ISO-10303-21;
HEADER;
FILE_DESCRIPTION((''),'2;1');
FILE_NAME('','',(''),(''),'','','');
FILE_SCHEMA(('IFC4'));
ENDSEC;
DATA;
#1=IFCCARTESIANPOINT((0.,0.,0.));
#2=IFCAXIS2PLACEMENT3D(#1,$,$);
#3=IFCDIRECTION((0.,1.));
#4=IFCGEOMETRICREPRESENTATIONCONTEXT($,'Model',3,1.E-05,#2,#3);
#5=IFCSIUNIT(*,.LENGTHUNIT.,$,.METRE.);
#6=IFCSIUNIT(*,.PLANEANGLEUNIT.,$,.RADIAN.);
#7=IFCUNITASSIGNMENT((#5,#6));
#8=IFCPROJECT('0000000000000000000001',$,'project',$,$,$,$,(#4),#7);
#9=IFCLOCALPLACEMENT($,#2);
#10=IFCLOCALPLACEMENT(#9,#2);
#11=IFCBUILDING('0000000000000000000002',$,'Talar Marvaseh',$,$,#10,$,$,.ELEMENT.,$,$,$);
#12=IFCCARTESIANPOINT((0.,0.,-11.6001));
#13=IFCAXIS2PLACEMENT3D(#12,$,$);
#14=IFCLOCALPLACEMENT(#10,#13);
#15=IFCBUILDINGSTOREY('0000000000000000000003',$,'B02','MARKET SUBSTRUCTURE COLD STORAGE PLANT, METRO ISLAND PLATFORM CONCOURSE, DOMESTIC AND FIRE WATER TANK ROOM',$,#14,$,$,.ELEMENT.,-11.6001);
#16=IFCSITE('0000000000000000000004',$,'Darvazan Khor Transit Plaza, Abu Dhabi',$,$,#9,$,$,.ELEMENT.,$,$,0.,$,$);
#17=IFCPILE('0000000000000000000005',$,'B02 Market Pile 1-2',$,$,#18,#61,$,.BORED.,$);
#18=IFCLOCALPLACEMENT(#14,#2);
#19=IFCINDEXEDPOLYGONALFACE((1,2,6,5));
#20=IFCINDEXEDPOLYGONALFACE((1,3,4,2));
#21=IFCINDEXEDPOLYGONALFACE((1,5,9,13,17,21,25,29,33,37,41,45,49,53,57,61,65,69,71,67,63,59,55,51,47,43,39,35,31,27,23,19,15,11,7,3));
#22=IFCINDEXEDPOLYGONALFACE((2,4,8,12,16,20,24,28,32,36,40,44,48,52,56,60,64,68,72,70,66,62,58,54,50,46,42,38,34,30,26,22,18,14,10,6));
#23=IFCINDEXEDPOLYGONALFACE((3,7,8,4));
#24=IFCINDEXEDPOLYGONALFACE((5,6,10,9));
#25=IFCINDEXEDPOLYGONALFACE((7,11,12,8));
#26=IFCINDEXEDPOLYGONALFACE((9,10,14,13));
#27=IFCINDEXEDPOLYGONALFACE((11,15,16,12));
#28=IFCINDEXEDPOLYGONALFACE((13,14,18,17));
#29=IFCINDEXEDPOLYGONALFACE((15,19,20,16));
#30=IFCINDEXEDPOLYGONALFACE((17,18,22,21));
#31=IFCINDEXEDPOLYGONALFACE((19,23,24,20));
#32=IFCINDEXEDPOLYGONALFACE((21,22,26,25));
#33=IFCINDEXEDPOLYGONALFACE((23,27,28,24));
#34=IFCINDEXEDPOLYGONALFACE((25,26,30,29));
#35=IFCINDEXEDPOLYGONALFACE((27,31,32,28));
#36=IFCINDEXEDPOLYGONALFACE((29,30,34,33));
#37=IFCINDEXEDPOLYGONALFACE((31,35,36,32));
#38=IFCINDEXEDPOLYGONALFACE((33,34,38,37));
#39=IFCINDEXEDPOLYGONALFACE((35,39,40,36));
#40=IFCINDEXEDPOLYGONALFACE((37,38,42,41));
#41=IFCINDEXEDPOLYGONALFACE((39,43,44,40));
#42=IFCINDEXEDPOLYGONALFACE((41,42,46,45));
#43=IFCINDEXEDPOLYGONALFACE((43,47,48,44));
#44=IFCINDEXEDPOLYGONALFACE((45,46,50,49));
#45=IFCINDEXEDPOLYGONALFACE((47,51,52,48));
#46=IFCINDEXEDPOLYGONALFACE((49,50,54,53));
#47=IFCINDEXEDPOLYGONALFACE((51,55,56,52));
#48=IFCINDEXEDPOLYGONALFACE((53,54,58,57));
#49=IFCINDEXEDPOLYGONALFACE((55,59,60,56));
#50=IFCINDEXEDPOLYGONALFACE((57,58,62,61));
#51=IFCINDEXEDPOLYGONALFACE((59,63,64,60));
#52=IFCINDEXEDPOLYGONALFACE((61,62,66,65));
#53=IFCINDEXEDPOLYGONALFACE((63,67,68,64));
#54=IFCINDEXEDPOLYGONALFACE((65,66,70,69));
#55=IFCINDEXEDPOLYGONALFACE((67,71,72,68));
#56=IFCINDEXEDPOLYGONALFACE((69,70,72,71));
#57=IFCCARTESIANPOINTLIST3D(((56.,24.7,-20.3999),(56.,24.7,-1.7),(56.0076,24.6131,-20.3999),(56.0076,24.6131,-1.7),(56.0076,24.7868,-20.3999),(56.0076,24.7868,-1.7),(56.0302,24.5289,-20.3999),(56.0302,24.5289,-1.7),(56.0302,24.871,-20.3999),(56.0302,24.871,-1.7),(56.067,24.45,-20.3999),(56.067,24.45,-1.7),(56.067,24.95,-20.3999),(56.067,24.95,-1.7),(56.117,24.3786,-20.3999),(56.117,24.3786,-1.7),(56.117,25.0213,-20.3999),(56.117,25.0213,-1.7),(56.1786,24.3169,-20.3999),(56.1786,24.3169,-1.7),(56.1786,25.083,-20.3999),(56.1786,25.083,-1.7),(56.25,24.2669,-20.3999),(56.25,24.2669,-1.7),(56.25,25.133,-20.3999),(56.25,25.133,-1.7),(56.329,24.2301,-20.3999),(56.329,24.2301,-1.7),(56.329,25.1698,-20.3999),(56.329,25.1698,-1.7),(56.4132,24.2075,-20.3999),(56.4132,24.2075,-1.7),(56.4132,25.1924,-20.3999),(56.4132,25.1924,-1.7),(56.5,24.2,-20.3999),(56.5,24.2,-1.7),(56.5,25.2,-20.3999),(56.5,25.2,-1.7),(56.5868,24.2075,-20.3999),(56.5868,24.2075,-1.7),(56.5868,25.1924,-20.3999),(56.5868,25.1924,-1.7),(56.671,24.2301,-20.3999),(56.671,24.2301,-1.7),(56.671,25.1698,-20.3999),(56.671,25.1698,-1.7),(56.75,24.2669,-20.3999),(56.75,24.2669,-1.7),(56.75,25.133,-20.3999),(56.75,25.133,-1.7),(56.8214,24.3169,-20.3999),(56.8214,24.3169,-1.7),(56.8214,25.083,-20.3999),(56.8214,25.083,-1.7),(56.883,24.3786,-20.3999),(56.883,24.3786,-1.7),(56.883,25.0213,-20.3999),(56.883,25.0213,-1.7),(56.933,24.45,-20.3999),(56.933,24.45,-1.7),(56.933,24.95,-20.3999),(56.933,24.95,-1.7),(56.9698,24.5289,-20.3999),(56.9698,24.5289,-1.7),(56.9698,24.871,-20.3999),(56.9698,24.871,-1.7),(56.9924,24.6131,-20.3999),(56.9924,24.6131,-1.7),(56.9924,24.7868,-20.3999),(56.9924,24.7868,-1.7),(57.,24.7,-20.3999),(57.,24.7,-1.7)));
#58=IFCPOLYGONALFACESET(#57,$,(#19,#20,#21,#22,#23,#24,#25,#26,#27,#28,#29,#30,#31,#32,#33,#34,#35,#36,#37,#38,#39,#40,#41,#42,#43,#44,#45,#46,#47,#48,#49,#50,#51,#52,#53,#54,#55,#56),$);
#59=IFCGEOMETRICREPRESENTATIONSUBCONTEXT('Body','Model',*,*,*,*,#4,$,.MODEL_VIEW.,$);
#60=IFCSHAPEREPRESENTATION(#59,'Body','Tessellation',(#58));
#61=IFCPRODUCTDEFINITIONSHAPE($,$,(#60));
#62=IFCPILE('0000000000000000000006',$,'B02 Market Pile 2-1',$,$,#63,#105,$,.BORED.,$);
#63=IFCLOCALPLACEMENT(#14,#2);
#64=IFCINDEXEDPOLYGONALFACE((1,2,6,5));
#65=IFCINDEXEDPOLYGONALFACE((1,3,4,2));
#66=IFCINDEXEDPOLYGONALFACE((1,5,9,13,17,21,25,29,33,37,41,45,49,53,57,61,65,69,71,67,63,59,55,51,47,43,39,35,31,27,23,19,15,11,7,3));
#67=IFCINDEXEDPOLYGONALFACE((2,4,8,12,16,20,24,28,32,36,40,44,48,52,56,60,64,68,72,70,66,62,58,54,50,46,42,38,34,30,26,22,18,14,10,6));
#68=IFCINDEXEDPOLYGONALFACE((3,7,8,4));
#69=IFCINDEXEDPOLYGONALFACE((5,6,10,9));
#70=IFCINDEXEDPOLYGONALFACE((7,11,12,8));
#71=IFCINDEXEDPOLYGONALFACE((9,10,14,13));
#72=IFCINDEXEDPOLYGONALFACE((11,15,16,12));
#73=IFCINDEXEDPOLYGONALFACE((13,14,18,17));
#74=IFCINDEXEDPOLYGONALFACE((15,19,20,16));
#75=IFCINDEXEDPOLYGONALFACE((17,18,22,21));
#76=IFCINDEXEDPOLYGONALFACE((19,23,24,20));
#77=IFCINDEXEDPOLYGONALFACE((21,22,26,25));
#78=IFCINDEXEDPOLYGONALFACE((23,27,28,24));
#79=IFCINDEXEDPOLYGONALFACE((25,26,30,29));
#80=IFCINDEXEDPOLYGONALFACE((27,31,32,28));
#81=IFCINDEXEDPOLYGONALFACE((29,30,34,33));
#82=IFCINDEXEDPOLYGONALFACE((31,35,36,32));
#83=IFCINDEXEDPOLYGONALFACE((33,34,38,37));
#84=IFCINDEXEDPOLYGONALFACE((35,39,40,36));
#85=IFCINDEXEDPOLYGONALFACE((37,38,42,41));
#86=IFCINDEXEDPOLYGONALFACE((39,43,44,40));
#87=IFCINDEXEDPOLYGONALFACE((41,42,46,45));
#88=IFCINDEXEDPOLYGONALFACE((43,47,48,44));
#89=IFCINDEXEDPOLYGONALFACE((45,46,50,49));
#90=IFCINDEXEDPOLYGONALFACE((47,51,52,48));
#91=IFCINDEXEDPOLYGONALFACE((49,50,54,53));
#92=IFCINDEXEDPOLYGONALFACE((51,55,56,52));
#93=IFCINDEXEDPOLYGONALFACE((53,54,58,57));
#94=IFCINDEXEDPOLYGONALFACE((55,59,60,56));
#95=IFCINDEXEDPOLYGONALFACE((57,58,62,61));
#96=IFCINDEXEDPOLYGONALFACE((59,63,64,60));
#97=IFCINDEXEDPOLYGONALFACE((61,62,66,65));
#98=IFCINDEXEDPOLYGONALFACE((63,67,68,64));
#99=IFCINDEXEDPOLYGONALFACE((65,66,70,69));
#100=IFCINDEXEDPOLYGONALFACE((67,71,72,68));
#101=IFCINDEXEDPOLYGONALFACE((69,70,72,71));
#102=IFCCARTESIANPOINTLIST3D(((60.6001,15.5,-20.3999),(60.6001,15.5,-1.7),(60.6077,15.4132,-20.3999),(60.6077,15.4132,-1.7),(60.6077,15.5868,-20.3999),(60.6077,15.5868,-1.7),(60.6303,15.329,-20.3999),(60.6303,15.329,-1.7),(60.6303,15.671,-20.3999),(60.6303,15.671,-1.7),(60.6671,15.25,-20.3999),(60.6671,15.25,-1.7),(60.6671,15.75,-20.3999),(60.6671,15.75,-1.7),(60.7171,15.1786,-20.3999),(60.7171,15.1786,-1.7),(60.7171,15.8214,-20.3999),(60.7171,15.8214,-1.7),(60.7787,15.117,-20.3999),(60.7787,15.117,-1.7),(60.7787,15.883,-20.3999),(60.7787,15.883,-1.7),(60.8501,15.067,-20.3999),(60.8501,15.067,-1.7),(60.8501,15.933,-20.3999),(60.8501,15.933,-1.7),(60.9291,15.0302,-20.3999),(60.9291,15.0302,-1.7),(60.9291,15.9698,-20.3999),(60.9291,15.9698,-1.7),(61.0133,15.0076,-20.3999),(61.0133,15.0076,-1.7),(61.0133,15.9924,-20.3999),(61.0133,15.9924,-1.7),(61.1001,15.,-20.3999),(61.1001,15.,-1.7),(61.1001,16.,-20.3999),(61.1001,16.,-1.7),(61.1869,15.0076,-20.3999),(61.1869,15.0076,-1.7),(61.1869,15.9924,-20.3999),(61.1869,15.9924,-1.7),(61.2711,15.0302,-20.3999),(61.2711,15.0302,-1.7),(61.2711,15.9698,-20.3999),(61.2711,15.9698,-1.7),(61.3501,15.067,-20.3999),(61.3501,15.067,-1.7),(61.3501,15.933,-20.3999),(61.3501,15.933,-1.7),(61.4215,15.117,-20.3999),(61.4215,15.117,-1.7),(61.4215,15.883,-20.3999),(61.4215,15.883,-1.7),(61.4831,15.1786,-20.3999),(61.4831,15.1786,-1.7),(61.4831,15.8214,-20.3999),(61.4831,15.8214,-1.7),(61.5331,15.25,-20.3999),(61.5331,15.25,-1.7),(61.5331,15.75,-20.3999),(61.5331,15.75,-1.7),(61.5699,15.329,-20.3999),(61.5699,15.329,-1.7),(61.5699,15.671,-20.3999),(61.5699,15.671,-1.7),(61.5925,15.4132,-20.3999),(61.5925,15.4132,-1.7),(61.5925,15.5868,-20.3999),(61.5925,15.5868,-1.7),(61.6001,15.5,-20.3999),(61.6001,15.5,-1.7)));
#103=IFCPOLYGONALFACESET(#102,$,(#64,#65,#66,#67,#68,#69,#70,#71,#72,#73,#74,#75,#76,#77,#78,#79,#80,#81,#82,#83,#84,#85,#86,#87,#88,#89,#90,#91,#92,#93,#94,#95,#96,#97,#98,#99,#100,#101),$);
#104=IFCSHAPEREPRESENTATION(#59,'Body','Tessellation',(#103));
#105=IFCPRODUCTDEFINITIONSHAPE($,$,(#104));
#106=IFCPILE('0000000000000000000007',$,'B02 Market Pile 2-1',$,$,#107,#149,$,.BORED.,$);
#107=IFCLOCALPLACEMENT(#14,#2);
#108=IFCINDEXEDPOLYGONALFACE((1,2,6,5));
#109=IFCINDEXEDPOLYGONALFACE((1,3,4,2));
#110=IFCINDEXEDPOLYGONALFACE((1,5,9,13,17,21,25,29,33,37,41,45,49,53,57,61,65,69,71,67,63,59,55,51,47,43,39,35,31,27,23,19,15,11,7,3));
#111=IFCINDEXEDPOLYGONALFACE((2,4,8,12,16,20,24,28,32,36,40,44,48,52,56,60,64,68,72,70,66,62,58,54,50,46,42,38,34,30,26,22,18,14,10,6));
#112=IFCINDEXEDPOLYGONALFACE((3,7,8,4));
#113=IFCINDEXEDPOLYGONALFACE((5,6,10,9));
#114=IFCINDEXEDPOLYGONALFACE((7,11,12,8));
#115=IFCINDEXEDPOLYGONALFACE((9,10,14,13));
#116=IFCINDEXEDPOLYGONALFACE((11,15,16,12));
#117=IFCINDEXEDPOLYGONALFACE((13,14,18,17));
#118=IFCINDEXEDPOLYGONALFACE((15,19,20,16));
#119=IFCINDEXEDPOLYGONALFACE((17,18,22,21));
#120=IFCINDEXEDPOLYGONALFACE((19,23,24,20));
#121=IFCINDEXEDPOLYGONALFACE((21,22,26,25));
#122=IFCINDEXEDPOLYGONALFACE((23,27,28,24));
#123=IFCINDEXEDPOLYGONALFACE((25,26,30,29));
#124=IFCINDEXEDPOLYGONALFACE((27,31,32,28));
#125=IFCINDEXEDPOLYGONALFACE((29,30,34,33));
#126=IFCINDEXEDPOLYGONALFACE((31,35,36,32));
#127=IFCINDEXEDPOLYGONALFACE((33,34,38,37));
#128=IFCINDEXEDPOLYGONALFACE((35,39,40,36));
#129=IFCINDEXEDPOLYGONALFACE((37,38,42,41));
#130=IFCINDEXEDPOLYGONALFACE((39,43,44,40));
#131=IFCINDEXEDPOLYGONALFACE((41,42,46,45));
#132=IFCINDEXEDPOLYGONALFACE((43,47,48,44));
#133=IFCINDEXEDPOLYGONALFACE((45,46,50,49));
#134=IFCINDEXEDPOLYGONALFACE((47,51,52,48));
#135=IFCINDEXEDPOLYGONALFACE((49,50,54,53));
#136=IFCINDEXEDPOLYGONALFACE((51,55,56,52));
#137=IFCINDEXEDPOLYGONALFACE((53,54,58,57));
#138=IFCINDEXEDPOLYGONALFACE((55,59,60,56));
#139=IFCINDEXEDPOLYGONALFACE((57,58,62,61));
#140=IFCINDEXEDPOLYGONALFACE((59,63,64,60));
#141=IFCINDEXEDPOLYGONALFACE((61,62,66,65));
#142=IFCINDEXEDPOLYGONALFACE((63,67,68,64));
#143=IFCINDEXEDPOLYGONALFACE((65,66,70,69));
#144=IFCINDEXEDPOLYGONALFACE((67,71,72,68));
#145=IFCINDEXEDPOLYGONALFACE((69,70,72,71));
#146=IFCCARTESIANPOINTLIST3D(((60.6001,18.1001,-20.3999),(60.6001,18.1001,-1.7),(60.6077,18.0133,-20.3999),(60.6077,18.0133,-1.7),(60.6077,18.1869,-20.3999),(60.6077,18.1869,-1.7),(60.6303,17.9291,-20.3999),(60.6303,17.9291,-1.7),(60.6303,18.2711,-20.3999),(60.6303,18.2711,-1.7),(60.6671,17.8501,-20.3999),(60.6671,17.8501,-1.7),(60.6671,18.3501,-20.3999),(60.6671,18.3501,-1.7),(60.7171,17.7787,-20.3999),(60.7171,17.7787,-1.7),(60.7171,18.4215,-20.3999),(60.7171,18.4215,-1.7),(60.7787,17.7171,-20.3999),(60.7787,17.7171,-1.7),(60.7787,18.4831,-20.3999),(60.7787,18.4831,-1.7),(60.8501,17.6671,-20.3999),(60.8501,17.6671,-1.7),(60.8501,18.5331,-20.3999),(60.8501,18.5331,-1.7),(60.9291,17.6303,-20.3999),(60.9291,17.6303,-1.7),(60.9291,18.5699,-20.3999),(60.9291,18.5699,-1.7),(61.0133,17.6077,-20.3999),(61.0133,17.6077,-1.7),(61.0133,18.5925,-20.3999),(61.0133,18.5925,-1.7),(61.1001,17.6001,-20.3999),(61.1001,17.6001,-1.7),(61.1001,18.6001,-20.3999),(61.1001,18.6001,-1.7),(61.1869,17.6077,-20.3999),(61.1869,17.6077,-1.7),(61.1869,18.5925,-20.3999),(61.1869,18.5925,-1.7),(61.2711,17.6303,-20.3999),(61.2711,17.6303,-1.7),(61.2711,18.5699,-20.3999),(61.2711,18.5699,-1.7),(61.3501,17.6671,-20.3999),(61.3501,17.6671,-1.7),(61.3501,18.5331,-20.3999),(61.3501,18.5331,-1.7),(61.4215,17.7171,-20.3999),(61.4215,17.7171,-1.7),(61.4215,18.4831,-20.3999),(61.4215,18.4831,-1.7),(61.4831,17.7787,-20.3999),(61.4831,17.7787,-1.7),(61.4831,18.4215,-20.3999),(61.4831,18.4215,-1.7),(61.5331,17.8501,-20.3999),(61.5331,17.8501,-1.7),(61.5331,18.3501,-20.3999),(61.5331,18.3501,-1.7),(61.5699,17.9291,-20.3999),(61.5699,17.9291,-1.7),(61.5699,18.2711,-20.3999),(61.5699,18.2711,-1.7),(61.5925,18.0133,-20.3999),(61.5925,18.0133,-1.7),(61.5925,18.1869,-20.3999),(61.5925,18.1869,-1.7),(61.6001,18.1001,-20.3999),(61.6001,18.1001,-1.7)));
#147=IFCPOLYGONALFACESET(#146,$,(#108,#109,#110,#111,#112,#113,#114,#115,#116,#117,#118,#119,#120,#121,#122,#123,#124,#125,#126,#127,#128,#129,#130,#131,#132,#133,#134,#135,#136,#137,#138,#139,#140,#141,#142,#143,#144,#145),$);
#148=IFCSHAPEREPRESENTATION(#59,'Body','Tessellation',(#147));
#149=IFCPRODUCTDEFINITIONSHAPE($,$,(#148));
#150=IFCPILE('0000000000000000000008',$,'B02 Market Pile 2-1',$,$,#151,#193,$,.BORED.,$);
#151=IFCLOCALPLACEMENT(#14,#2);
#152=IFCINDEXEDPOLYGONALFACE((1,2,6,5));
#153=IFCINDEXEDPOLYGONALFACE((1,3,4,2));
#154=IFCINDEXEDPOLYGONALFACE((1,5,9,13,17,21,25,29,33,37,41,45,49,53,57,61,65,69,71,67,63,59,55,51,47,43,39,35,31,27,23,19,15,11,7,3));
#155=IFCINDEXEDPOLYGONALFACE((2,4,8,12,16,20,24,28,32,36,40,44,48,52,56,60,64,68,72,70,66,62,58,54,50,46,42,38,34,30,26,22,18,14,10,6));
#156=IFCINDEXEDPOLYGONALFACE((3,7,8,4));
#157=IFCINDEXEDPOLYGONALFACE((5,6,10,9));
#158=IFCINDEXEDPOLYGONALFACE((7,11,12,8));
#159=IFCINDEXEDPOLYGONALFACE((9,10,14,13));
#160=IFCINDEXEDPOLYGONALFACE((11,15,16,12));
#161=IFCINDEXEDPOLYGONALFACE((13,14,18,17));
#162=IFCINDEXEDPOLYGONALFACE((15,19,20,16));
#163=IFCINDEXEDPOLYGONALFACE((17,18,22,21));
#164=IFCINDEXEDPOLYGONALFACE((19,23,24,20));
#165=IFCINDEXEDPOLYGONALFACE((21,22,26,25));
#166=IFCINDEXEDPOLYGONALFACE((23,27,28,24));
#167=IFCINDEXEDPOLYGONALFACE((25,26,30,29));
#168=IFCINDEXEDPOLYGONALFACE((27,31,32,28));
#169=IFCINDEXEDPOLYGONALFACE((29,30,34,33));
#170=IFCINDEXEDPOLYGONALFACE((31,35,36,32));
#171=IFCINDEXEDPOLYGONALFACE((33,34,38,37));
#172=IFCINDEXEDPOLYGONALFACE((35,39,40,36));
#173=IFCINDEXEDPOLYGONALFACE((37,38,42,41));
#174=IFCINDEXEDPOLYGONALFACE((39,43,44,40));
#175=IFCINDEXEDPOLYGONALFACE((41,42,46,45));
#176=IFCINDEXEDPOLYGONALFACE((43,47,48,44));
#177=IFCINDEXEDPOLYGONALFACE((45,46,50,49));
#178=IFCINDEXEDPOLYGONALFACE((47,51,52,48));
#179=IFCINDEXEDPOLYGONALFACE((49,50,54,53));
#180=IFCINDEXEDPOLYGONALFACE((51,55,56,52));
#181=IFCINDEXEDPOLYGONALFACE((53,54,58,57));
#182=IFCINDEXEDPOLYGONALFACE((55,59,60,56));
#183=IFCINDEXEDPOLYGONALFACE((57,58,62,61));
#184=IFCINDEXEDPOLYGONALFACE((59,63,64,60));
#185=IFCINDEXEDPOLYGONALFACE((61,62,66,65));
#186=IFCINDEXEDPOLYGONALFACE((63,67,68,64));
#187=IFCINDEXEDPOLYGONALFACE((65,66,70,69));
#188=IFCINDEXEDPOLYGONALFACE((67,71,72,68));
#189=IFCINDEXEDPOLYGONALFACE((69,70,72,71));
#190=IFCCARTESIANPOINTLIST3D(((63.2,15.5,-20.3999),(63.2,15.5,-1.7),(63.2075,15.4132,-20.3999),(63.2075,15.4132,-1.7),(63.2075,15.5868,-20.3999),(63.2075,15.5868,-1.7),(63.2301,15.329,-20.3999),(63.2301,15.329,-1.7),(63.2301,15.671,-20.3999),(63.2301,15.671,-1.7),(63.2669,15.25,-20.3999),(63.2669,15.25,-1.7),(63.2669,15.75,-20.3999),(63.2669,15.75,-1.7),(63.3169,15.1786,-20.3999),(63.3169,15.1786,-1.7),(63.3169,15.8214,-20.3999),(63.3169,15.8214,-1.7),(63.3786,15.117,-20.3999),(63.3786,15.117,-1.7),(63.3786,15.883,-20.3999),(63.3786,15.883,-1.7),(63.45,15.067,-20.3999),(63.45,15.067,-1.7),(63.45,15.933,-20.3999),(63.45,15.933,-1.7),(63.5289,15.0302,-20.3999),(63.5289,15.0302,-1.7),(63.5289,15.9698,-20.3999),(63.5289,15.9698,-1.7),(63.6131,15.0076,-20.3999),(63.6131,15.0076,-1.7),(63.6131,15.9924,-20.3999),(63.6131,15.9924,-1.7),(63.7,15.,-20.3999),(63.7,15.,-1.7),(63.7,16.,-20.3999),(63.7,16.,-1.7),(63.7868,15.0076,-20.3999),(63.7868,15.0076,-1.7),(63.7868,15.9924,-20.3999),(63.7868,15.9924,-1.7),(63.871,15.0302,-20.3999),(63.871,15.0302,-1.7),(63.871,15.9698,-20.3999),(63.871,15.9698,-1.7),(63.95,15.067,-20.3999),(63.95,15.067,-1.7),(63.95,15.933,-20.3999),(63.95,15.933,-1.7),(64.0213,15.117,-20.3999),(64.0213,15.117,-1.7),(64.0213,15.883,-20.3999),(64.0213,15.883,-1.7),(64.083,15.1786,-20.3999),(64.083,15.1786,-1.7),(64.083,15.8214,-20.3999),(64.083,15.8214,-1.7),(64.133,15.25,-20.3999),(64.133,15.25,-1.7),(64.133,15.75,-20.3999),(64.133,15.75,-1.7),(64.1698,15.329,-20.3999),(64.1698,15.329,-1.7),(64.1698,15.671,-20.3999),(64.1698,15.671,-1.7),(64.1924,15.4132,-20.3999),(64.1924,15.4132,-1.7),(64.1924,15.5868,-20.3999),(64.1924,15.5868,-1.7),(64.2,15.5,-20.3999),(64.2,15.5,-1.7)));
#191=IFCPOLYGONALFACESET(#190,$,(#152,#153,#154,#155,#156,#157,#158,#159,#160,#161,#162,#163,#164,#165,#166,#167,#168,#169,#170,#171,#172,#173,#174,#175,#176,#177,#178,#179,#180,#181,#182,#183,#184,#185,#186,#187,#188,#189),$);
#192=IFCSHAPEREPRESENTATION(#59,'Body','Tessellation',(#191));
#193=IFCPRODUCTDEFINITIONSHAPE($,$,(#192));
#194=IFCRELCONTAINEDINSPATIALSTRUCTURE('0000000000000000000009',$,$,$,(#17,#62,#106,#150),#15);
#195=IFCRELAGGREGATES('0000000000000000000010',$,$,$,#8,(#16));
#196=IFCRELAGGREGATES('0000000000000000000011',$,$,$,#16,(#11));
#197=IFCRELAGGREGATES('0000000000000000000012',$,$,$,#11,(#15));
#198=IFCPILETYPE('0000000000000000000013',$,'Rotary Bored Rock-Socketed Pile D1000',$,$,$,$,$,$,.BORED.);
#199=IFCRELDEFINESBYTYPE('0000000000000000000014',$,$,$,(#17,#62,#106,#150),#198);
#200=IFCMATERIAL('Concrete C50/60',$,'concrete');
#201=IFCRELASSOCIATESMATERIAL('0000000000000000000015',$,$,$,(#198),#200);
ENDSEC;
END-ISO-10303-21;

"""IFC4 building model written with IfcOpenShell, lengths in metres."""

from ifc_helpers import new_model, si_unit, direction, frame, origin, origin_2d, place, context, subcontext, project, spatial, circle, extrude, source, transform, mapped, material, material_profile, profile_set, type_object, type_shapes, element, save


model = new_model("IFC4")

# Units and contexts
model_context = context("Model", 3, precision=1e-05, world=origin(), true_north=direction((0.0, 1.0)))
body_context = subcontext(model_context, "Body", "Model", "MODEL_VIEW")
ifc_project = project(units=[si_unit("LENGTHUNIT", "METRE"), si_unit("PLANEANGLEUNIT", "RADIAN")], contexts=[model_context])

# Site, building, storey
site_placement = place(None, origin())
site = spatial("IfcSite", under=ifc_project, at=site_placement, Name="Darvazan Khor Transit Plaza, Abu Dhabi", CompositionType="ELEMENT", RefElevation=0.0)
building_placement = place(site_placement, origin())
building = spatial("IfcBuilding", under=site, at=building_placement, Name="Talar Marvaseh", CompositionType="ELEMENT")
storey_placement = place(building_placement, frame((0.0, 0.0, -11.6001)))
storey = spatial("IfcBuildingStorey", under=building, at=storey_placement, Name="B02", Description="MARKET SUBSTRUCTURE COLD STORAGE PLANT, METRO ISLAND PLATFORM CONCOURSE, DOMESTIC AND FIRE WATER TANK ROOM", CompositionType="ELEMENT", Elevation=-11.6001)

# Shared definitions
ifc_material_1 = material(Name="Concrete C50/60", Category="concrete")

# Piles
ifc_material_profile_1 = material_profile(ifc_material_1, circle(Radius=0.5, at=origin_2d()), Name="PILE-D1000")
ifc_profile_set_1 = profile_set([ifc_material_profile_1], Name="Concrete C50/60")
pile_type = type_object("IfcPileType", Name="Rotary Bored Rock-Socketed Pile D1000", PredefinedType="BORED", material=ifc_profile_set_1)
shared_shape_1 = source(origin(), body_context, "Body", "SweptSolid", [
    extrude(circle(Radius=0.5, at=origin_2d()), origin(), (0.0, 0.0, 1.0), 18.7),
])
type_shapes(pile_type, [shared_shape_1])
for number, where, z_axis, x_axis, name in (
    (1, (56.5, 24.7, -1.7), (0.0, 0.0, -1.0), (1.0, 0.0, 0.0), "B02 Market Pile 1-2"),
    (2, (61.1001, 15.5, -1.7), (0.0, 0.0, -1.0), (1.0, 0.0, 0.0), "B02 Market Pile 2-1"),
    (3, (61.1001, 18.1001, -1.7), (0.0, 0.0, -1.0), (1.0, 0.0, 0.0), "B02 Market Pile 2-1"),
    (4, (63.7, 15.5, -1.7), (0.0, 0.0, -1.0), (1.0, 0.0, 0.0), "B02 Market Pile 2-1"),
):
    element("IfcPile", number, at=place(storey_placement, frame(where, z_axis=z_axis, x_axis=x_axis)), inside=storey, type_object=pile_type, Name=name, PredefinedType="BORED", context=body_context, shape_type="MappedRepresentation", body=[
        mapped(shared_shape_1, transform((0.0, 0.0, 0.0), x_axis=(1.0, 0.0, 0.0), y_axis=(0.0, 1.0, 0.0), z_axis=(0.0, 0.0, 1.0), scale=1.0)),
    ])

save(model, "model.ifc")
